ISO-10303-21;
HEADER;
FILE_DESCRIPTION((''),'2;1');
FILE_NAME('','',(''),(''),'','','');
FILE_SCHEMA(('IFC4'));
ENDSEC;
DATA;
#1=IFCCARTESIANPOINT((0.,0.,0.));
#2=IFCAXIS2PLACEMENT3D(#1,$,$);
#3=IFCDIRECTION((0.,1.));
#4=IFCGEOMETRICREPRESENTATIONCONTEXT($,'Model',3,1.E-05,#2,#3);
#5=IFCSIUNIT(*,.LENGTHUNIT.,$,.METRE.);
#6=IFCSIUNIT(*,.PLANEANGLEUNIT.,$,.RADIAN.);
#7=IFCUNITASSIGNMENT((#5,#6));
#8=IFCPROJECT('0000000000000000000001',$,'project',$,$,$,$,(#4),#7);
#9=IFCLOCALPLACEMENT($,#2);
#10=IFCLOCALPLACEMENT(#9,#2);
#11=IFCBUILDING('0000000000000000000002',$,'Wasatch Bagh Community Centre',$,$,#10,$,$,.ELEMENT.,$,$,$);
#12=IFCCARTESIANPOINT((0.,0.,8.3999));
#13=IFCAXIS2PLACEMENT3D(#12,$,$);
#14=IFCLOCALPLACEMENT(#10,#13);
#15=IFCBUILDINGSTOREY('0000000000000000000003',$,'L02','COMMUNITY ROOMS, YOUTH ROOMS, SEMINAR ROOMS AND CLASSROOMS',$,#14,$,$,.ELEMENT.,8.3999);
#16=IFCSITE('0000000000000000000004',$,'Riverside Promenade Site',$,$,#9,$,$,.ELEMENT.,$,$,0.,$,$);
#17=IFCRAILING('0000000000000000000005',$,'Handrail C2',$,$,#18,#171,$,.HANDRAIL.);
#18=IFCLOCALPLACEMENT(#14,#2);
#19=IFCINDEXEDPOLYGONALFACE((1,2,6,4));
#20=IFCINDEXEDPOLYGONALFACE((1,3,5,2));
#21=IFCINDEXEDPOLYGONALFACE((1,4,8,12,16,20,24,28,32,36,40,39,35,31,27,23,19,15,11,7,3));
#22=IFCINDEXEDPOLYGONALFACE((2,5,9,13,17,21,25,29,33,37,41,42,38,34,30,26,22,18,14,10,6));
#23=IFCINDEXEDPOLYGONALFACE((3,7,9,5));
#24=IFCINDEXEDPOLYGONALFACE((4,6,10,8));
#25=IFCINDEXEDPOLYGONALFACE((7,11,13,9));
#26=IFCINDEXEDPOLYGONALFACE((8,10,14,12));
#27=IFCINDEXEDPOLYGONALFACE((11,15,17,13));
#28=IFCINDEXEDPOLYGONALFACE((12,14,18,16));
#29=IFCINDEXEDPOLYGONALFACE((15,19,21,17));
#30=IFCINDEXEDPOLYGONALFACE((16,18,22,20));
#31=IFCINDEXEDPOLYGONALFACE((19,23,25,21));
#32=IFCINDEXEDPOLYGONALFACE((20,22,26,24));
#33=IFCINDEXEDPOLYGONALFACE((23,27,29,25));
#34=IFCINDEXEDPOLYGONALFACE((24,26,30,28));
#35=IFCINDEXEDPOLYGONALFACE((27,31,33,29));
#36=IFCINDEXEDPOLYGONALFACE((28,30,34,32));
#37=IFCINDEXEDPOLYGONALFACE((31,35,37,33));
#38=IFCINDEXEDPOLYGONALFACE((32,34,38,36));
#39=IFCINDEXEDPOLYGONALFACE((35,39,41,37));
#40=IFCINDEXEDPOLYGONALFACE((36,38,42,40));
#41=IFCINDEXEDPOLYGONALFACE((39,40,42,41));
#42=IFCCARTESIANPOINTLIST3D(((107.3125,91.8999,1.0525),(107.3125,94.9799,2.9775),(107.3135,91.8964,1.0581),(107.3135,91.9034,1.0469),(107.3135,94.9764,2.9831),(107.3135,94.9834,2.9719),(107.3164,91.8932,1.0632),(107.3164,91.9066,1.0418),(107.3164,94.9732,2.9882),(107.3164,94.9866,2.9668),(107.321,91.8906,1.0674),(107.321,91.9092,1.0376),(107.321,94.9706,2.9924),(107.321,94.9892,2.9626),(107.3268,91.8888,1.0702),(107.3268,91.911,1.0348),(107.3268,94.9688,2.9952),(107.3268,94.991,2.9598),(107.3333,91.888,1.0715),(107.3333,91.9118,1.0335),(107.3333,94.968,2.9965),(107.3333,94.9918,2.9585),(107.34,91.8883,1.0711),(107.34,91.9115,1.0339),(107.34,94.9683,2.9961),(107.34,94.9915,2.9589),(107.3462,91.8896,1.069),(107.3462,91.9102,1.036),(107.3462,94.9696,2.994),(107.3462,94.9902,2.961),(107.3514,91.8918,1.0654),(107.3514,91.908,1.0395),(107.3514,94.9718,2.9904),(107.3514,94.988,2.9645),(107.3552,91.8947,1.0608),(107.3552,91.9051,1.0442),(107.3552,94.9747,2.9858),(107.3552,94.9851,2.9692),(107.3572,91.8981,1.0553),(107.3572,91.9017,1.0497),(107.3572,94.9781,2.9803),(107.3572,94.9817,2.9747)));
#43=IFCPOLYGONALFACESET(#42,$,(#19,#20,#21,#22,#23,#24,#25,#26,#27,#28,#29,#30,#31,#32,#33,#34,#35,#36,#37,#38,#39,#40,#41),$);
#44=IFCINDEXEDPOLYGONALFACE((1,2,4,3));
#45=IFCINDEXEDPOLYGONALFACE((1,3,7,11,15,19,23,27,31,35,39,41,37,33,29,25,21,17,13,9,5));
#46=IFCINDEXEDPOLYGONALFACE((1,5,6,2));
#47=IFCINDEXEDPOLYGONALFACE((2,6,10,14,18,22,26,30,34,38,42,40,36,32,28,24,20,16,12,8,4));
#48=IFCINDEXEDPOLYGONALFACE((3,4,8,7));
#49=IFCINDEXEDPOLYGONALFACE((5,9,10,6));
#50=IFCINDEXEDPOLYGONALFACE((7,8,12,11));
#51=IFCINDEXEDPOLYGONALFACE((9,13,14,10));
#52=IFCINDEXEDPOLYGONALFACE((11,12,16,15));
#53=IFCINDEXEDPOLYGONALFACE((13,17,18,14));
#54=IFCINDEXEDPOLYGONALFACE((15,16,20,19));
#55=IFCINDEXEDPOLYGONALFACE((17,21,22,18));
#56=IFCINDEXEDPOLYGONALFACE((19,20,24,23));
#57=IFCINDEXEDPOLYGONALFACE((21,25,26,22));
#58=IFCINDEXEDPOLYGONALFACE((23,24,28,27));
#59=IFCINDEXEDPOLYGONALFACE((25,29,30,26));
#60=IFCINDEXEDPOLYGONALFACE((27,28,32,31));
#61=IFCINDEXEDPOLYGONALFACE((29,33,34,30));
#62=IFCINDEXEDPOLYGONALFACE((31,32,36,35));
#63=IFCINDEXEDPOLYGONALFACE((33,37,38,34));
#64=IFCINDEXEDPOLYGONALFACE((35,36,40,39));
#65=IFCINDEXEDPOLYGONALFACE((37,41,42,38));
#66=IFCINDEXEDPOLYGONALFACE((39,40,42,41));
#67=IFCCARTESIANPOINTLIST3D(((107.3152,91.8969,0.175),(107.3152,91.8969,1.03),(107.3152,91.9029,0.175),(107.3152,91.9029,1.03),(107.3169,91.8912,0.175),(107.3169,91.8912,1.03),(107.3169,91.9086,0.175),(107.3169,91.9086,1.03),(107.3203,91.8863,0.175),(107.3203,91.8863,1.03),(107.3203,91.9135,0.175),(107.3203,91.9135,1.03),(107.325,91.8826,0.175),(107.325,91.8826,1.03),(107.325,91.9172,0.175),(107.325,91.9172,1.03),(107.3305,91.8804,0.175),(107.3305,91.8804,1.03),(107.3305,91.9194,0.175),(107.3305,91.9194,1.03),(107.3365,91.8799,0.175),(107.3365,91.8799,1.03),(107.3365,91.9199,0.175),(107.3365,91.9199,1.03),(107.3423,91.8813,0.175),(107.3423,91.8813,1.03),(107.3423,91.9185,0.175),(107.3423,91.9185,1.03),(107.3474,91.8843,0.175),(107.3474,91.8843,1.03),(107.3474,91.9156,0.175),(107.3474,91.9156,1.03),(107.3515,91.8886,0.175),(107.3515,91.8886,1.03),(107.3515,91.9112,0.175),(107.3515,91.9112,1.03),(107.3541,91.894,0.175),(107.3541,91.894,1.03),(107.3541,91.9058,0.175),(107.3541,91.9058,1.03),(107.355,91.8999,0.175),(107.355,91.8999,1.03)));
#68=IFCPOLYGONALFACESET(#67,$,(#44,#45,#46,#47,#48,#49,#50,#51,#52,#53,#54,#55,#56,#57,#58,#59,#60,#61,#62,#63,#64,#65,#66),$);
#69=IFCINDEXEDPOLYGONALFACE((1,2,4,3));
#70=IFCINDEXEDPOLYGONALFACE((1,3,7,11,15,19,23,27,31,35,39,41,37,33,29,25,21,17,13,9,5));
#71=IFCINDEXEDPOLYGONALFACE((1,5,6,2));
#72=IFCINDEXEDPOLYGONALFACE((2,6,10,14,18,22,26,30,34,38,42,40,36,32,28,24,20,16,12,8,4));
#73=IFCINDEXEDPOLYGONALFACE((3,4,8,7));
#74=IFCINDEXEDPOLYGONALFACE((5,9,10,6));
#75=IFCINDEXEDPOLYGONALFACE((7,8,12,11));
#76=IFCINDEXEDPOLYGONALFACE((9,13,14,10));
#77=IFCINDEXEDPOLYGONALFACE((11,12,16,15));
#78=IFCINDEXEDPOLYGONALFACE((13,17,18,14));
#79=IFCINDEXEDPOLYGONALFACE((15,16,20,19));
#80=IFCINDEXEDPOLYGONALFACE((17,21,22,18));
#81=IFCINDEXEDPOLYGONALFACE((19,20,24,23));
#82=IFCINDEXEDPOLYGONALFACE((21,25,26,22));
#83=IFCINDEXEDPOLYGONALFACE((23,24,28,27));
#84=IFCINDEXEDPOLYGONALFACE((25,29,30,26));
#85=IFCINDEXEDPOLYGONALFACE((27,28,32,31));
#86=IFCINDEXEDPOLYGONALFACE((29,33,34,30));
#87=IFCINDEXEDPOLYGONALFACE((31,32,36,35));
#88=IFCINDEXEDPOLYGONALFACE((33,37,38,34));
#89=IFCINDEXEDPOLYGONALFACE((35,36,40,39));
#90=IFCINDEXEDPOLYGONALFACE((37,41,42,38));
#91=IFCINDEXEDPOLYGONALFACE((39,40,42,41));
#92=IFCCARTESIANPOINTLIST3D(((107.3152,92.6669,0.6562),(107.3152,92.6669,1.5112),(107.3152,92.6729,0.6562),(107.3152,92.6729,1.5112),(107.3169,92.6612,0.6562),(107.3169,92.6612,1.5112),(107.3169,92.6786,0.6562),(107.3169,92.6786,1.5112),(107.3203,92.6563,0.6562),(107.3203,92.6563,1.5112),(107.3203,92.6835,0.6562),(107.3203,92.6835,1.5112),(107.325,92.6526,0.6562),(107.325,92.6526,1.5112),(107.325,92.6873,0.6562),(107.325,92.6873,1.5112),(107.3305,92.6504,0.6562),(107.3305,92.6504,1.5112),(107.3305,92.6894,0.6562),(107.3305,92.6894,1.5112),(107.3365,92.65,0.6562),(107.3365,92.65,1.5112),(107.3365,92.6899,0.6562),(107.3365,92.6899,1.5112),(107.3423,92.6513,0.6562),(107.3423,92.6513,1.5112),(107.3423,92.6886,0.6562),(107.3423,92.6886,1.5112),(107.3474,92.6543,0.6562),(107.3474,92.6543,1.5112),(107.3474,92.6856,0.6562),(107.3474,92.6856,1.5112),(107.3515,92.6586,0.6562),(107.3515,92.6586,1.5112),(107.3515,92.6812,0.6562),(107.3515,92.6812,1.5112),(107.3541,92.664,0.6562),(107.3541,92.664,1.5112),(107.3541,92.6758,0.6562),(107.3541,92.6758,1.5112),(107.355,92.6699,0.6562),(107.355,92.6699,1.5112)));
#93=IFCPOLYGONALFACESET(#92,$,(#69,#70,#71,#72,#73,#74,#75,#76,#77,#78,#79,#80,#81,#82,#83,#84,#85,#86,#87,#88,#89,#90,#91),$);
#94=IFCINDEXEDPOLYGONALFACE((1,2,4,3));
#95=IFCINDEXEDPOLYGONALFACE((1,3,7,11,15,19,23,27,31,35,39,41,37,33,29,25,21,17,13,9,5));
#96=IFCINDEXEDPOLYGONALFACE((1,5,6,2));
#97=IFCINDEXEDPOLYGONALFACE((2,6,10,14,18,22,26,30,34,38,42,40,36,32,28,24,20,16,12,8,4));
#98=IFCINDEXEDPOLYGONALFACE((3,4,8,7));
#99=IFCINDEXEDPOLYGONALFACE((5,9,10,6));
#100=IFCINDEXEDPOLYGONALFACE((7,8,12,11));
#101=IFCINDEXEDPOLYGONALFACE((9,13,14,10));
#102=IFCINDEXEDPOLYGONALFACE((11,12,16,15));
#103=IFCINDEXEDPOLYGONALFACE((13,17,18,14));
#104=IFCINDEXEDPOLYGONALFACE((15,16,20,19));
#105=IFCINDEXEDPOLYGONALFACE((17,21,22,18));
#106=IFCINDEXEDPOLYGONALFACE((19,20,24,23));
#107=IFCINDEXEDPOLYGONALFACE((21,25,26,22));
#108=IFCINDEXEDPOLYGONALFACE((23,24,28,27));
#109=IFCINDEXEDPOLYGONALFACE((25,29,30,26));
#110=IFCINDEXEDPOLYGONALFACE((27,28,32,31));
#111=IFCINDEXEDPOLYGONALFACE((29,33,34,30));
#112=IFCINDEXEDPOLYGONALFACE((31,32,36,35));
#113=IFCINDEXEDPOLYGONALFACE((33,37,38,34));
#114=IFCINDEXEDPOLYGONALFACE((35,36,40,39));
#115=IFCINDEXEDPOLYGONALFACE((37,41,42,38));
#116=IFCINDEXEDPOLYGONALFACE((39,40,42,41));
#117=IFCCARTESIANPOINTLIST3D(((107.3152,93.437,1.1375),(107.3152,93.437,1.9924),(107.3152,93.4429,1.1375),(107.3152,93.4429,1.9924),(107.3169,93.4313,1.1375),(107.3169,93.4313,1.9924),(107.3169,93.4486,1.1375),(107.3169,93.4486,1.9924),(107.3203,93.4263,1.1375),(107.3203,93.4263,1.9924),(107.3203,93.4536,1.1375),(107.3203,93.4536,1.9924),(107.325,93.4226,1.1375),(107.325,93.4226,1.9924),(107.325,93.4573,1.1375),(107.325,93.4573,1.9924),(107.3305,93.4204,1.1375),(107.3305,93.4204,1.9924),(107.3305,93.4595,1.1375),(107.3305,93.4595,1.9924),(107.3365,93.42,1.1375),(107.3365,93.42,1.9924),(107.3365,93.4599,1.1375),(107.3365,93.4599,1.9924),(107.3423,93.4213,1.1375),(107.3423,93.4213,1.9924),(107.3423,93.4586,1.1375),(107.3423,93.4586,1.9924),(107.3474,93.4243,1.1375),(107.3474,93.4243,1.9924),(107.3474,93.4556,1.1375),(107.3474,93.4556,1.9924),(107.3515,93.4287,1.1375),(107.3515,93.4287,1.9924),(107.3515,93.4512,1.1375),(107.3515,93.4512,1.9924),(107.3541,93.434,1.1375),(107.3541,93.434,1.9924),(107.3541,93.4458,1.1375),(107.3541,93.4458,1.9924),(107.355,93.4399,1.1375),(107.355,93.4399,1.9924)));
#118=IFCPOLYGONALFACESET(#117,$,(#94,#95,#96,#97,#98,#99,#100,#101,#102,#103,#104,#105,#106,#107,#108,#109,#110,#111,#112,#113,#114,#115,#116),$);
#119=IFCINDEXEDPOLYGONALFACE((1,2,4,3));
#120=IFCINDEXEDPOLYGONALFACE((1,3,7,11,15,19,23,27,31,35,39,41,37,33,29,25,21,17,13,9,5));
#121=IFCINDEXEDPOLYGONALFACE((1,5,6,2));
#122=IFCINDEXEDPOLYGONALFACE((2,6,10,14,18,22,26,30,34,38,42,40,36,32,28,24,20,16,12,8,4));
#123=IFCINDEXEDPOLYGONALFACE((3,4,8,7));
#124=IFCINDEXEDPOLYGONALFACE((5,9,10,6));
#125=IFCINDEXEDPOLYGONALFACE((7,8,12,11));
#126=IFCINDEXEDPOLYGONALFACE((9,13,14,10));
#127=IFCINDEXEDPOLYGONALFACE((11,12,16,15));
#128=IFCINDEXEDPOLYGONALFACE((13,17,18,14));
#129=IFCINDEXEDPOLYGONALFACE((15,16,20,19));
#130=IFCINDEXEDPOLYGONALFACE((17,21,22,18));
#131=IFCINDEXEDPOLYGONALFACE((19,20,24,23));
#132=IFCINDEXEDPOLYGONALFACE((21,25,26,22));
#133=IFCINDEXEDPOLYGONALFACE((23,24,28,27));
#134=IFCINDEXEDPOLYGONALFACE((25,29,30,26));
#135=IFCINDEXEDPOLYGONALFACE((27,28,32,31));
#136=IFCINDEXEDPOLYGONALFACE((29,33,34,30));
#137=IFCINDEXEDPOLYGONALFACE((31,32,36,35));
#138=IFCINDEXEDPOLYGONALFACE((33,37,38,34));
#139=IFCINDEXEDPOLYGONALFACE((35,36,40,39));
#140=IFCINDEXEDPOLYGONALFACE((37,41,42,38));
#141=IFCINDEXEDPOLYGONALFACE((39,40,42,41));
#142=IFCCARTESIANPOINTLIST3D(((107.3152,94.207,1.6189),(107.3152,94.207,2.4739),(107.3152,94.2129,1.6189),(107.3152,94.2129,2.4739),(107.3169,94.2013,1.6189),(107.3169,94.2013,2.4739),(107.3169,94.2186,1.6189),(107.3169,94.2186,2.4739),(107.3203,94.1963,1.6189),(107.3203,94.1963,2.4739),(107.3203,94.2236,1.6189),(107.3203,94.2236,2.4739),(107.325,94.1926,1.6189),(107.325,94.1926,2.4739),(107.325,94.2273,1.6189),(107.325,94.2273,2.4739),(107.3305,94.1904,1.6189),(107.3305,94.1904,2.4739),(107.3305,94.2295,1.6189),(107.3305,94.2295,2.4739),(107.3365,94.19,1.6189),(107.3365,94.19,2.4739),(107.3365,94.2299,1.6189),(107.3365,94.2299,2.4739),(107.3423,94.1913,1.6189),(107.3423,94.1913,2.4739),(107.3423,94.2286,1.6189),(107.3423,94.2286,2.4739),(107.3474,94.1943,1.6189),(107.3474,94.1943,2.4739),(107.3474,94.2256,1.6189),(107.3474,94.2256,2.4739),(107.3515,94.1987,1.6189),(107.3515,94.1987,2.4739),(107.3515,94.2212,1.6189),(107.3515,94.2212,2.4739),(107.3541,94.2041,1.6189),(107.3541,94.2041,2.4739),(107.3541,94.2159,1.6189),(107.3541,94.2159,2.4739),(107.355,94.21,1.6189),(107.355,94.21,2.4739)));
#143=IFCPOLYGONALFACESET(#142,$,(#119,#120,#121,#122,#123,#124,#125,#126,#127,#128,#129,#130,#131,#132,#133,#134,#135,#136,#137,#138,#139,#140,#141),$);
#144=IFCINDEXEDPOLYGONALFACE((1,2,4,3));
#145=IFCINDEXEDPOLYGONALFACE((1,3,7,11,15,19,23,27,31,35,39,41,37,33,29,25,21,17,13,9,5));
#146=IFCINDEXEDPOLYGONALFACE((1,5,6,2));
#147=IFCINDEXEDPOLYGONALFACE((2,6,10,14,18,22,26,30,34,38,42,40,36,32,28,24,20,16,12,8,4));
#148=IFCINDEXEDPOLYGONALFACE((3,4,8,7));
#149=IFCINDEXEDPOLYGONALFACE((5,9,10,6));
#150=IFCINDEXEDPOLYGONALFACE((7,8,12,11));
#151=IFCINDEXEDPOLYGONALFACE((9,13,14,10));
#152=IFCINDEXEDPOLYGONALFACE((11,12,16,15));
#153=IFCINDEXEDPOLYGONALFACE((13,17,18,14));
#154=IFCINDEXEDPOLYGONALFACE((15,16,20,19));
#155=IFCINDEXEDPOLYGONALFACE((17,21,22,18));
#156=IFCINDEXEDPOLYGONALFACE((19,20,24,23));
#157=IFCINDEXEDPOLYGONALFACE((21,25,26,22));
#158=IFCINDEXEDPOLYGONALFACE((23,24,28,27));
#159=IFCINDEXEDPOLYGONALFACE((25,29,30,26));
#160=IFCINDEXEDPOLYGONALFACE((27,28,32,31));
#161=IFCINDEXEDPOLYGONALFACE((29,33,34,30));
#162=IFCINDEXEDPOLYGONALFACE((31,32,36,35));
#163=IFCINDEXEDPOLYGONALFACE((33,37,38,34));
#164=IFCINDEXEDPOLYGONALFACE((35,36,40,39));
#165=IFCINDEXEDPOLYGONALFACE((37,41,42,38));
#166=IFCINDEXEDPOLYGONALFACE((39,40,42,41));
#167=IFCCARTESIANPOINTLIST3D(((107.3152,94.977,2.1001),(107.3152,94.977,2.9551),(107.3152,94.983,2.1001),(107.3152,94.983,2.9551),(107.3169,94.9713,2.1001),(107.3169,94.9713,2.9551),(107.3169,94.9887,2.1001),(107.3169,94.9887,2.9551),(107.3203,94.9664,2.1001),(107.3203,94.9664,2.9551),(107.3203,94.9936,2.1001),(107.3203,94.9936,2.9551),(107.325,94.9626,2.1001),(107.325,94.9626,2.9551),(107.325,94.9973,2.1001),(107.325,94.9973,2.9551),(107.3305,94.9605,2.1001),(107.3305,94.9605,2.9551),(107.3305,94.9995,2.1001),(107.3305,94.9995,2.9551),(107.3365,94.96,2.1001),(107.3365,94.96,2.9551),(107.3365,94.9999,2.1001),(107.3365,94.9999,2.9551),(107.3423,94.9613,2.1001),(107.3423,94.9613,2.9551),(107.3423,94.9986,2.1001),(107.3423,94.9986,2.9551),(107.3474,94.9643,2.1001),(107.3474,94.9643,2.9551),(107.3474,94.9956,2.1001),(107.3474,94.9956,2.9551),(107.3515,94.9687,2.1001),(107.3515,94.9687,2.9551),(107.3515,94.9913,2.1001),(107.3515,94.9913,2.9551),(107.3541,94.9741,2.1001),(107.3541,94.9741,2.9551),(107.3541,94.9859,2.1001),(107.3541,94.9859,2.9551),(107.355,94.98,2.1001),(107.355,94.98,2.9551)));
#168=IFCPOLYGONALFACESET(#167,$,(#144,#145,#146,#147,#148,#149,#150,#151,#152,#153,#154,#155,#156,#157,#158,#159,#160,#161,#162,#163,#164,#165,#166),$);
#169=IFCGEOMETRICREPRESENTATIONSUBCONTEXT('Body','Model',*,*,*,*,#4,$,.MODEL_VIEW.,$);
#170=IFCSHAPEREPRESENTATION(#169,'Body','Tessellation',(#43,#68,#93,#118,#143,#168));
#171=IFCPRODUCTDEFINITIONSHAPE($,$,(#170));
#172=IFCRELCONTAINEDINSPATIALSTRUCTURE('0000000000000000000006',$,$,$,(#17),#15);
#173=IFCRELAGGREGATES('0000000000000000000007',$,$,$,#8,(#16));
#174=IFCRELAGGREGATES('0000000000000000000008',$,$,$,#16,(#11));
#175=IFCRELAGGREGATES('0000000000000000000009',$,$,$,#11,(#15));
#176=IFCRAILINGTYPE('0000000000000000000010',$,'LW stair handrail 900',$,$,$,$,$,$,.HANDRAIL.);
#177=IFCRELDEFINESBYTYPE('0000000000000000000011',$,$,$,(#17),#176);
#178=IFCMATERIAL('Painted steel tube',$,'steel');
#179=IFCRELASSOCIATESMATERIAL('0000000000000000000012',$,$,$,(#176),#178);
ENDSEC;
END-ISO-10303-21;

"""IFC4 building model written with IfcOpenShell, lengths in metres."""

from ifc_helpers import new_model, si_unit, direction, frame, origin, origin_2d, place, context, subcontext, project, spatial, circle, extrude, material, type_object, element, save


model = new_model("IFC4")

# Units and contexts
model_context = context("Model", 3, precision=1e-05, world=origin(), true_north=direction((0.0, 1.0)))
body_context = subcontext(model_context, "Body", "Model", "MODEL_VIEW")
ifc_project = project(units=[si_unit("LENGTHUNIT", "METRE"), si_unit("PLANEANGLEUNIT", "RADIAN")], contexts=[model_context])

# Site, building, storey
site_placement = place(None, origin())
site = spatial("IfcSite", under=ifc_project, at=site_placement, Name="Riverside Promenade Site", CompositionType="ELEMENT", RefElevation=0.0)
building_placement = place(site_placement, origin())
building = spatial("IfcBuilding", under=site, at=building_placement, Name="Wasatch Bagh Community Centre", CompositionType="ELEMENT")
storey_placement = place(building_placement, frame((0.0, 0.0, 8.3999)))
storey = spatial("IfcBuildingStorey", under=building, at=storey_placement, Name="L02", Description="COMMUNITY ROOMS, YOUTH ROOMS, SEMINAR ROOMS AND CLASSROOMS", CompositionType="ELEMENT", Elevation=8.3999)

# Railing
ifc_material_1 = material(Name="Painted steel tube", Category="steel")
railing_type = type_object("IfcRailingType", Name="LW stair handrail 900", PredefinedType="HANDRAIL", material=ifc_material_1)
railing_placement = place(storey_placement, frame((107.335, 91.8999, 0.175)))
element("IfcRailing", 1, at=railing_placement, inside=storey, type_object=railing_type, Name="Handrail C2", PredefinedType="HANDRAIL", context=body_context, shape_type="SweptSolid", body=[
    extrude(circle(Radius=0.0225, at=origin_2d()), frame((0.0, 0.0, 0.8774), z_axis=(0.0, 0.847998, 0.529999), x_axis=(-1.0, 0.0, 0.0)), (0.0, 0.0, 1.0), 3.6321),
    extrude(circle(Radius=0.02, at=origin_2d()), origin(), (0.0, 0.0, 1.0), 0.855),
    extrude(circle(Radius=0.02, at=origin_2d()), frame((0.0, 0.77, 0.4812)), (0.0, 0.0, 1.0), 0.855),
    extrude(circle(Radius=0.02, at=origin_2d()), frame((0.0, 1.54, 0.9624)), (0.0, 0.0, 1.0), 0.855),
    extrude(circle(Radius=0.02, at=origin_2d()), frame((0.0, 2.3101, 1.4438)), (0.0, 0.0, 1.0), 0.855),
    extrude(circle(Radius=0.02, at=origin_2d()), frame((0.0, 3.0801, 1.925)), (0.0, 0.0, 1.0), 0.855),
])

save(model, "model.ifc")
